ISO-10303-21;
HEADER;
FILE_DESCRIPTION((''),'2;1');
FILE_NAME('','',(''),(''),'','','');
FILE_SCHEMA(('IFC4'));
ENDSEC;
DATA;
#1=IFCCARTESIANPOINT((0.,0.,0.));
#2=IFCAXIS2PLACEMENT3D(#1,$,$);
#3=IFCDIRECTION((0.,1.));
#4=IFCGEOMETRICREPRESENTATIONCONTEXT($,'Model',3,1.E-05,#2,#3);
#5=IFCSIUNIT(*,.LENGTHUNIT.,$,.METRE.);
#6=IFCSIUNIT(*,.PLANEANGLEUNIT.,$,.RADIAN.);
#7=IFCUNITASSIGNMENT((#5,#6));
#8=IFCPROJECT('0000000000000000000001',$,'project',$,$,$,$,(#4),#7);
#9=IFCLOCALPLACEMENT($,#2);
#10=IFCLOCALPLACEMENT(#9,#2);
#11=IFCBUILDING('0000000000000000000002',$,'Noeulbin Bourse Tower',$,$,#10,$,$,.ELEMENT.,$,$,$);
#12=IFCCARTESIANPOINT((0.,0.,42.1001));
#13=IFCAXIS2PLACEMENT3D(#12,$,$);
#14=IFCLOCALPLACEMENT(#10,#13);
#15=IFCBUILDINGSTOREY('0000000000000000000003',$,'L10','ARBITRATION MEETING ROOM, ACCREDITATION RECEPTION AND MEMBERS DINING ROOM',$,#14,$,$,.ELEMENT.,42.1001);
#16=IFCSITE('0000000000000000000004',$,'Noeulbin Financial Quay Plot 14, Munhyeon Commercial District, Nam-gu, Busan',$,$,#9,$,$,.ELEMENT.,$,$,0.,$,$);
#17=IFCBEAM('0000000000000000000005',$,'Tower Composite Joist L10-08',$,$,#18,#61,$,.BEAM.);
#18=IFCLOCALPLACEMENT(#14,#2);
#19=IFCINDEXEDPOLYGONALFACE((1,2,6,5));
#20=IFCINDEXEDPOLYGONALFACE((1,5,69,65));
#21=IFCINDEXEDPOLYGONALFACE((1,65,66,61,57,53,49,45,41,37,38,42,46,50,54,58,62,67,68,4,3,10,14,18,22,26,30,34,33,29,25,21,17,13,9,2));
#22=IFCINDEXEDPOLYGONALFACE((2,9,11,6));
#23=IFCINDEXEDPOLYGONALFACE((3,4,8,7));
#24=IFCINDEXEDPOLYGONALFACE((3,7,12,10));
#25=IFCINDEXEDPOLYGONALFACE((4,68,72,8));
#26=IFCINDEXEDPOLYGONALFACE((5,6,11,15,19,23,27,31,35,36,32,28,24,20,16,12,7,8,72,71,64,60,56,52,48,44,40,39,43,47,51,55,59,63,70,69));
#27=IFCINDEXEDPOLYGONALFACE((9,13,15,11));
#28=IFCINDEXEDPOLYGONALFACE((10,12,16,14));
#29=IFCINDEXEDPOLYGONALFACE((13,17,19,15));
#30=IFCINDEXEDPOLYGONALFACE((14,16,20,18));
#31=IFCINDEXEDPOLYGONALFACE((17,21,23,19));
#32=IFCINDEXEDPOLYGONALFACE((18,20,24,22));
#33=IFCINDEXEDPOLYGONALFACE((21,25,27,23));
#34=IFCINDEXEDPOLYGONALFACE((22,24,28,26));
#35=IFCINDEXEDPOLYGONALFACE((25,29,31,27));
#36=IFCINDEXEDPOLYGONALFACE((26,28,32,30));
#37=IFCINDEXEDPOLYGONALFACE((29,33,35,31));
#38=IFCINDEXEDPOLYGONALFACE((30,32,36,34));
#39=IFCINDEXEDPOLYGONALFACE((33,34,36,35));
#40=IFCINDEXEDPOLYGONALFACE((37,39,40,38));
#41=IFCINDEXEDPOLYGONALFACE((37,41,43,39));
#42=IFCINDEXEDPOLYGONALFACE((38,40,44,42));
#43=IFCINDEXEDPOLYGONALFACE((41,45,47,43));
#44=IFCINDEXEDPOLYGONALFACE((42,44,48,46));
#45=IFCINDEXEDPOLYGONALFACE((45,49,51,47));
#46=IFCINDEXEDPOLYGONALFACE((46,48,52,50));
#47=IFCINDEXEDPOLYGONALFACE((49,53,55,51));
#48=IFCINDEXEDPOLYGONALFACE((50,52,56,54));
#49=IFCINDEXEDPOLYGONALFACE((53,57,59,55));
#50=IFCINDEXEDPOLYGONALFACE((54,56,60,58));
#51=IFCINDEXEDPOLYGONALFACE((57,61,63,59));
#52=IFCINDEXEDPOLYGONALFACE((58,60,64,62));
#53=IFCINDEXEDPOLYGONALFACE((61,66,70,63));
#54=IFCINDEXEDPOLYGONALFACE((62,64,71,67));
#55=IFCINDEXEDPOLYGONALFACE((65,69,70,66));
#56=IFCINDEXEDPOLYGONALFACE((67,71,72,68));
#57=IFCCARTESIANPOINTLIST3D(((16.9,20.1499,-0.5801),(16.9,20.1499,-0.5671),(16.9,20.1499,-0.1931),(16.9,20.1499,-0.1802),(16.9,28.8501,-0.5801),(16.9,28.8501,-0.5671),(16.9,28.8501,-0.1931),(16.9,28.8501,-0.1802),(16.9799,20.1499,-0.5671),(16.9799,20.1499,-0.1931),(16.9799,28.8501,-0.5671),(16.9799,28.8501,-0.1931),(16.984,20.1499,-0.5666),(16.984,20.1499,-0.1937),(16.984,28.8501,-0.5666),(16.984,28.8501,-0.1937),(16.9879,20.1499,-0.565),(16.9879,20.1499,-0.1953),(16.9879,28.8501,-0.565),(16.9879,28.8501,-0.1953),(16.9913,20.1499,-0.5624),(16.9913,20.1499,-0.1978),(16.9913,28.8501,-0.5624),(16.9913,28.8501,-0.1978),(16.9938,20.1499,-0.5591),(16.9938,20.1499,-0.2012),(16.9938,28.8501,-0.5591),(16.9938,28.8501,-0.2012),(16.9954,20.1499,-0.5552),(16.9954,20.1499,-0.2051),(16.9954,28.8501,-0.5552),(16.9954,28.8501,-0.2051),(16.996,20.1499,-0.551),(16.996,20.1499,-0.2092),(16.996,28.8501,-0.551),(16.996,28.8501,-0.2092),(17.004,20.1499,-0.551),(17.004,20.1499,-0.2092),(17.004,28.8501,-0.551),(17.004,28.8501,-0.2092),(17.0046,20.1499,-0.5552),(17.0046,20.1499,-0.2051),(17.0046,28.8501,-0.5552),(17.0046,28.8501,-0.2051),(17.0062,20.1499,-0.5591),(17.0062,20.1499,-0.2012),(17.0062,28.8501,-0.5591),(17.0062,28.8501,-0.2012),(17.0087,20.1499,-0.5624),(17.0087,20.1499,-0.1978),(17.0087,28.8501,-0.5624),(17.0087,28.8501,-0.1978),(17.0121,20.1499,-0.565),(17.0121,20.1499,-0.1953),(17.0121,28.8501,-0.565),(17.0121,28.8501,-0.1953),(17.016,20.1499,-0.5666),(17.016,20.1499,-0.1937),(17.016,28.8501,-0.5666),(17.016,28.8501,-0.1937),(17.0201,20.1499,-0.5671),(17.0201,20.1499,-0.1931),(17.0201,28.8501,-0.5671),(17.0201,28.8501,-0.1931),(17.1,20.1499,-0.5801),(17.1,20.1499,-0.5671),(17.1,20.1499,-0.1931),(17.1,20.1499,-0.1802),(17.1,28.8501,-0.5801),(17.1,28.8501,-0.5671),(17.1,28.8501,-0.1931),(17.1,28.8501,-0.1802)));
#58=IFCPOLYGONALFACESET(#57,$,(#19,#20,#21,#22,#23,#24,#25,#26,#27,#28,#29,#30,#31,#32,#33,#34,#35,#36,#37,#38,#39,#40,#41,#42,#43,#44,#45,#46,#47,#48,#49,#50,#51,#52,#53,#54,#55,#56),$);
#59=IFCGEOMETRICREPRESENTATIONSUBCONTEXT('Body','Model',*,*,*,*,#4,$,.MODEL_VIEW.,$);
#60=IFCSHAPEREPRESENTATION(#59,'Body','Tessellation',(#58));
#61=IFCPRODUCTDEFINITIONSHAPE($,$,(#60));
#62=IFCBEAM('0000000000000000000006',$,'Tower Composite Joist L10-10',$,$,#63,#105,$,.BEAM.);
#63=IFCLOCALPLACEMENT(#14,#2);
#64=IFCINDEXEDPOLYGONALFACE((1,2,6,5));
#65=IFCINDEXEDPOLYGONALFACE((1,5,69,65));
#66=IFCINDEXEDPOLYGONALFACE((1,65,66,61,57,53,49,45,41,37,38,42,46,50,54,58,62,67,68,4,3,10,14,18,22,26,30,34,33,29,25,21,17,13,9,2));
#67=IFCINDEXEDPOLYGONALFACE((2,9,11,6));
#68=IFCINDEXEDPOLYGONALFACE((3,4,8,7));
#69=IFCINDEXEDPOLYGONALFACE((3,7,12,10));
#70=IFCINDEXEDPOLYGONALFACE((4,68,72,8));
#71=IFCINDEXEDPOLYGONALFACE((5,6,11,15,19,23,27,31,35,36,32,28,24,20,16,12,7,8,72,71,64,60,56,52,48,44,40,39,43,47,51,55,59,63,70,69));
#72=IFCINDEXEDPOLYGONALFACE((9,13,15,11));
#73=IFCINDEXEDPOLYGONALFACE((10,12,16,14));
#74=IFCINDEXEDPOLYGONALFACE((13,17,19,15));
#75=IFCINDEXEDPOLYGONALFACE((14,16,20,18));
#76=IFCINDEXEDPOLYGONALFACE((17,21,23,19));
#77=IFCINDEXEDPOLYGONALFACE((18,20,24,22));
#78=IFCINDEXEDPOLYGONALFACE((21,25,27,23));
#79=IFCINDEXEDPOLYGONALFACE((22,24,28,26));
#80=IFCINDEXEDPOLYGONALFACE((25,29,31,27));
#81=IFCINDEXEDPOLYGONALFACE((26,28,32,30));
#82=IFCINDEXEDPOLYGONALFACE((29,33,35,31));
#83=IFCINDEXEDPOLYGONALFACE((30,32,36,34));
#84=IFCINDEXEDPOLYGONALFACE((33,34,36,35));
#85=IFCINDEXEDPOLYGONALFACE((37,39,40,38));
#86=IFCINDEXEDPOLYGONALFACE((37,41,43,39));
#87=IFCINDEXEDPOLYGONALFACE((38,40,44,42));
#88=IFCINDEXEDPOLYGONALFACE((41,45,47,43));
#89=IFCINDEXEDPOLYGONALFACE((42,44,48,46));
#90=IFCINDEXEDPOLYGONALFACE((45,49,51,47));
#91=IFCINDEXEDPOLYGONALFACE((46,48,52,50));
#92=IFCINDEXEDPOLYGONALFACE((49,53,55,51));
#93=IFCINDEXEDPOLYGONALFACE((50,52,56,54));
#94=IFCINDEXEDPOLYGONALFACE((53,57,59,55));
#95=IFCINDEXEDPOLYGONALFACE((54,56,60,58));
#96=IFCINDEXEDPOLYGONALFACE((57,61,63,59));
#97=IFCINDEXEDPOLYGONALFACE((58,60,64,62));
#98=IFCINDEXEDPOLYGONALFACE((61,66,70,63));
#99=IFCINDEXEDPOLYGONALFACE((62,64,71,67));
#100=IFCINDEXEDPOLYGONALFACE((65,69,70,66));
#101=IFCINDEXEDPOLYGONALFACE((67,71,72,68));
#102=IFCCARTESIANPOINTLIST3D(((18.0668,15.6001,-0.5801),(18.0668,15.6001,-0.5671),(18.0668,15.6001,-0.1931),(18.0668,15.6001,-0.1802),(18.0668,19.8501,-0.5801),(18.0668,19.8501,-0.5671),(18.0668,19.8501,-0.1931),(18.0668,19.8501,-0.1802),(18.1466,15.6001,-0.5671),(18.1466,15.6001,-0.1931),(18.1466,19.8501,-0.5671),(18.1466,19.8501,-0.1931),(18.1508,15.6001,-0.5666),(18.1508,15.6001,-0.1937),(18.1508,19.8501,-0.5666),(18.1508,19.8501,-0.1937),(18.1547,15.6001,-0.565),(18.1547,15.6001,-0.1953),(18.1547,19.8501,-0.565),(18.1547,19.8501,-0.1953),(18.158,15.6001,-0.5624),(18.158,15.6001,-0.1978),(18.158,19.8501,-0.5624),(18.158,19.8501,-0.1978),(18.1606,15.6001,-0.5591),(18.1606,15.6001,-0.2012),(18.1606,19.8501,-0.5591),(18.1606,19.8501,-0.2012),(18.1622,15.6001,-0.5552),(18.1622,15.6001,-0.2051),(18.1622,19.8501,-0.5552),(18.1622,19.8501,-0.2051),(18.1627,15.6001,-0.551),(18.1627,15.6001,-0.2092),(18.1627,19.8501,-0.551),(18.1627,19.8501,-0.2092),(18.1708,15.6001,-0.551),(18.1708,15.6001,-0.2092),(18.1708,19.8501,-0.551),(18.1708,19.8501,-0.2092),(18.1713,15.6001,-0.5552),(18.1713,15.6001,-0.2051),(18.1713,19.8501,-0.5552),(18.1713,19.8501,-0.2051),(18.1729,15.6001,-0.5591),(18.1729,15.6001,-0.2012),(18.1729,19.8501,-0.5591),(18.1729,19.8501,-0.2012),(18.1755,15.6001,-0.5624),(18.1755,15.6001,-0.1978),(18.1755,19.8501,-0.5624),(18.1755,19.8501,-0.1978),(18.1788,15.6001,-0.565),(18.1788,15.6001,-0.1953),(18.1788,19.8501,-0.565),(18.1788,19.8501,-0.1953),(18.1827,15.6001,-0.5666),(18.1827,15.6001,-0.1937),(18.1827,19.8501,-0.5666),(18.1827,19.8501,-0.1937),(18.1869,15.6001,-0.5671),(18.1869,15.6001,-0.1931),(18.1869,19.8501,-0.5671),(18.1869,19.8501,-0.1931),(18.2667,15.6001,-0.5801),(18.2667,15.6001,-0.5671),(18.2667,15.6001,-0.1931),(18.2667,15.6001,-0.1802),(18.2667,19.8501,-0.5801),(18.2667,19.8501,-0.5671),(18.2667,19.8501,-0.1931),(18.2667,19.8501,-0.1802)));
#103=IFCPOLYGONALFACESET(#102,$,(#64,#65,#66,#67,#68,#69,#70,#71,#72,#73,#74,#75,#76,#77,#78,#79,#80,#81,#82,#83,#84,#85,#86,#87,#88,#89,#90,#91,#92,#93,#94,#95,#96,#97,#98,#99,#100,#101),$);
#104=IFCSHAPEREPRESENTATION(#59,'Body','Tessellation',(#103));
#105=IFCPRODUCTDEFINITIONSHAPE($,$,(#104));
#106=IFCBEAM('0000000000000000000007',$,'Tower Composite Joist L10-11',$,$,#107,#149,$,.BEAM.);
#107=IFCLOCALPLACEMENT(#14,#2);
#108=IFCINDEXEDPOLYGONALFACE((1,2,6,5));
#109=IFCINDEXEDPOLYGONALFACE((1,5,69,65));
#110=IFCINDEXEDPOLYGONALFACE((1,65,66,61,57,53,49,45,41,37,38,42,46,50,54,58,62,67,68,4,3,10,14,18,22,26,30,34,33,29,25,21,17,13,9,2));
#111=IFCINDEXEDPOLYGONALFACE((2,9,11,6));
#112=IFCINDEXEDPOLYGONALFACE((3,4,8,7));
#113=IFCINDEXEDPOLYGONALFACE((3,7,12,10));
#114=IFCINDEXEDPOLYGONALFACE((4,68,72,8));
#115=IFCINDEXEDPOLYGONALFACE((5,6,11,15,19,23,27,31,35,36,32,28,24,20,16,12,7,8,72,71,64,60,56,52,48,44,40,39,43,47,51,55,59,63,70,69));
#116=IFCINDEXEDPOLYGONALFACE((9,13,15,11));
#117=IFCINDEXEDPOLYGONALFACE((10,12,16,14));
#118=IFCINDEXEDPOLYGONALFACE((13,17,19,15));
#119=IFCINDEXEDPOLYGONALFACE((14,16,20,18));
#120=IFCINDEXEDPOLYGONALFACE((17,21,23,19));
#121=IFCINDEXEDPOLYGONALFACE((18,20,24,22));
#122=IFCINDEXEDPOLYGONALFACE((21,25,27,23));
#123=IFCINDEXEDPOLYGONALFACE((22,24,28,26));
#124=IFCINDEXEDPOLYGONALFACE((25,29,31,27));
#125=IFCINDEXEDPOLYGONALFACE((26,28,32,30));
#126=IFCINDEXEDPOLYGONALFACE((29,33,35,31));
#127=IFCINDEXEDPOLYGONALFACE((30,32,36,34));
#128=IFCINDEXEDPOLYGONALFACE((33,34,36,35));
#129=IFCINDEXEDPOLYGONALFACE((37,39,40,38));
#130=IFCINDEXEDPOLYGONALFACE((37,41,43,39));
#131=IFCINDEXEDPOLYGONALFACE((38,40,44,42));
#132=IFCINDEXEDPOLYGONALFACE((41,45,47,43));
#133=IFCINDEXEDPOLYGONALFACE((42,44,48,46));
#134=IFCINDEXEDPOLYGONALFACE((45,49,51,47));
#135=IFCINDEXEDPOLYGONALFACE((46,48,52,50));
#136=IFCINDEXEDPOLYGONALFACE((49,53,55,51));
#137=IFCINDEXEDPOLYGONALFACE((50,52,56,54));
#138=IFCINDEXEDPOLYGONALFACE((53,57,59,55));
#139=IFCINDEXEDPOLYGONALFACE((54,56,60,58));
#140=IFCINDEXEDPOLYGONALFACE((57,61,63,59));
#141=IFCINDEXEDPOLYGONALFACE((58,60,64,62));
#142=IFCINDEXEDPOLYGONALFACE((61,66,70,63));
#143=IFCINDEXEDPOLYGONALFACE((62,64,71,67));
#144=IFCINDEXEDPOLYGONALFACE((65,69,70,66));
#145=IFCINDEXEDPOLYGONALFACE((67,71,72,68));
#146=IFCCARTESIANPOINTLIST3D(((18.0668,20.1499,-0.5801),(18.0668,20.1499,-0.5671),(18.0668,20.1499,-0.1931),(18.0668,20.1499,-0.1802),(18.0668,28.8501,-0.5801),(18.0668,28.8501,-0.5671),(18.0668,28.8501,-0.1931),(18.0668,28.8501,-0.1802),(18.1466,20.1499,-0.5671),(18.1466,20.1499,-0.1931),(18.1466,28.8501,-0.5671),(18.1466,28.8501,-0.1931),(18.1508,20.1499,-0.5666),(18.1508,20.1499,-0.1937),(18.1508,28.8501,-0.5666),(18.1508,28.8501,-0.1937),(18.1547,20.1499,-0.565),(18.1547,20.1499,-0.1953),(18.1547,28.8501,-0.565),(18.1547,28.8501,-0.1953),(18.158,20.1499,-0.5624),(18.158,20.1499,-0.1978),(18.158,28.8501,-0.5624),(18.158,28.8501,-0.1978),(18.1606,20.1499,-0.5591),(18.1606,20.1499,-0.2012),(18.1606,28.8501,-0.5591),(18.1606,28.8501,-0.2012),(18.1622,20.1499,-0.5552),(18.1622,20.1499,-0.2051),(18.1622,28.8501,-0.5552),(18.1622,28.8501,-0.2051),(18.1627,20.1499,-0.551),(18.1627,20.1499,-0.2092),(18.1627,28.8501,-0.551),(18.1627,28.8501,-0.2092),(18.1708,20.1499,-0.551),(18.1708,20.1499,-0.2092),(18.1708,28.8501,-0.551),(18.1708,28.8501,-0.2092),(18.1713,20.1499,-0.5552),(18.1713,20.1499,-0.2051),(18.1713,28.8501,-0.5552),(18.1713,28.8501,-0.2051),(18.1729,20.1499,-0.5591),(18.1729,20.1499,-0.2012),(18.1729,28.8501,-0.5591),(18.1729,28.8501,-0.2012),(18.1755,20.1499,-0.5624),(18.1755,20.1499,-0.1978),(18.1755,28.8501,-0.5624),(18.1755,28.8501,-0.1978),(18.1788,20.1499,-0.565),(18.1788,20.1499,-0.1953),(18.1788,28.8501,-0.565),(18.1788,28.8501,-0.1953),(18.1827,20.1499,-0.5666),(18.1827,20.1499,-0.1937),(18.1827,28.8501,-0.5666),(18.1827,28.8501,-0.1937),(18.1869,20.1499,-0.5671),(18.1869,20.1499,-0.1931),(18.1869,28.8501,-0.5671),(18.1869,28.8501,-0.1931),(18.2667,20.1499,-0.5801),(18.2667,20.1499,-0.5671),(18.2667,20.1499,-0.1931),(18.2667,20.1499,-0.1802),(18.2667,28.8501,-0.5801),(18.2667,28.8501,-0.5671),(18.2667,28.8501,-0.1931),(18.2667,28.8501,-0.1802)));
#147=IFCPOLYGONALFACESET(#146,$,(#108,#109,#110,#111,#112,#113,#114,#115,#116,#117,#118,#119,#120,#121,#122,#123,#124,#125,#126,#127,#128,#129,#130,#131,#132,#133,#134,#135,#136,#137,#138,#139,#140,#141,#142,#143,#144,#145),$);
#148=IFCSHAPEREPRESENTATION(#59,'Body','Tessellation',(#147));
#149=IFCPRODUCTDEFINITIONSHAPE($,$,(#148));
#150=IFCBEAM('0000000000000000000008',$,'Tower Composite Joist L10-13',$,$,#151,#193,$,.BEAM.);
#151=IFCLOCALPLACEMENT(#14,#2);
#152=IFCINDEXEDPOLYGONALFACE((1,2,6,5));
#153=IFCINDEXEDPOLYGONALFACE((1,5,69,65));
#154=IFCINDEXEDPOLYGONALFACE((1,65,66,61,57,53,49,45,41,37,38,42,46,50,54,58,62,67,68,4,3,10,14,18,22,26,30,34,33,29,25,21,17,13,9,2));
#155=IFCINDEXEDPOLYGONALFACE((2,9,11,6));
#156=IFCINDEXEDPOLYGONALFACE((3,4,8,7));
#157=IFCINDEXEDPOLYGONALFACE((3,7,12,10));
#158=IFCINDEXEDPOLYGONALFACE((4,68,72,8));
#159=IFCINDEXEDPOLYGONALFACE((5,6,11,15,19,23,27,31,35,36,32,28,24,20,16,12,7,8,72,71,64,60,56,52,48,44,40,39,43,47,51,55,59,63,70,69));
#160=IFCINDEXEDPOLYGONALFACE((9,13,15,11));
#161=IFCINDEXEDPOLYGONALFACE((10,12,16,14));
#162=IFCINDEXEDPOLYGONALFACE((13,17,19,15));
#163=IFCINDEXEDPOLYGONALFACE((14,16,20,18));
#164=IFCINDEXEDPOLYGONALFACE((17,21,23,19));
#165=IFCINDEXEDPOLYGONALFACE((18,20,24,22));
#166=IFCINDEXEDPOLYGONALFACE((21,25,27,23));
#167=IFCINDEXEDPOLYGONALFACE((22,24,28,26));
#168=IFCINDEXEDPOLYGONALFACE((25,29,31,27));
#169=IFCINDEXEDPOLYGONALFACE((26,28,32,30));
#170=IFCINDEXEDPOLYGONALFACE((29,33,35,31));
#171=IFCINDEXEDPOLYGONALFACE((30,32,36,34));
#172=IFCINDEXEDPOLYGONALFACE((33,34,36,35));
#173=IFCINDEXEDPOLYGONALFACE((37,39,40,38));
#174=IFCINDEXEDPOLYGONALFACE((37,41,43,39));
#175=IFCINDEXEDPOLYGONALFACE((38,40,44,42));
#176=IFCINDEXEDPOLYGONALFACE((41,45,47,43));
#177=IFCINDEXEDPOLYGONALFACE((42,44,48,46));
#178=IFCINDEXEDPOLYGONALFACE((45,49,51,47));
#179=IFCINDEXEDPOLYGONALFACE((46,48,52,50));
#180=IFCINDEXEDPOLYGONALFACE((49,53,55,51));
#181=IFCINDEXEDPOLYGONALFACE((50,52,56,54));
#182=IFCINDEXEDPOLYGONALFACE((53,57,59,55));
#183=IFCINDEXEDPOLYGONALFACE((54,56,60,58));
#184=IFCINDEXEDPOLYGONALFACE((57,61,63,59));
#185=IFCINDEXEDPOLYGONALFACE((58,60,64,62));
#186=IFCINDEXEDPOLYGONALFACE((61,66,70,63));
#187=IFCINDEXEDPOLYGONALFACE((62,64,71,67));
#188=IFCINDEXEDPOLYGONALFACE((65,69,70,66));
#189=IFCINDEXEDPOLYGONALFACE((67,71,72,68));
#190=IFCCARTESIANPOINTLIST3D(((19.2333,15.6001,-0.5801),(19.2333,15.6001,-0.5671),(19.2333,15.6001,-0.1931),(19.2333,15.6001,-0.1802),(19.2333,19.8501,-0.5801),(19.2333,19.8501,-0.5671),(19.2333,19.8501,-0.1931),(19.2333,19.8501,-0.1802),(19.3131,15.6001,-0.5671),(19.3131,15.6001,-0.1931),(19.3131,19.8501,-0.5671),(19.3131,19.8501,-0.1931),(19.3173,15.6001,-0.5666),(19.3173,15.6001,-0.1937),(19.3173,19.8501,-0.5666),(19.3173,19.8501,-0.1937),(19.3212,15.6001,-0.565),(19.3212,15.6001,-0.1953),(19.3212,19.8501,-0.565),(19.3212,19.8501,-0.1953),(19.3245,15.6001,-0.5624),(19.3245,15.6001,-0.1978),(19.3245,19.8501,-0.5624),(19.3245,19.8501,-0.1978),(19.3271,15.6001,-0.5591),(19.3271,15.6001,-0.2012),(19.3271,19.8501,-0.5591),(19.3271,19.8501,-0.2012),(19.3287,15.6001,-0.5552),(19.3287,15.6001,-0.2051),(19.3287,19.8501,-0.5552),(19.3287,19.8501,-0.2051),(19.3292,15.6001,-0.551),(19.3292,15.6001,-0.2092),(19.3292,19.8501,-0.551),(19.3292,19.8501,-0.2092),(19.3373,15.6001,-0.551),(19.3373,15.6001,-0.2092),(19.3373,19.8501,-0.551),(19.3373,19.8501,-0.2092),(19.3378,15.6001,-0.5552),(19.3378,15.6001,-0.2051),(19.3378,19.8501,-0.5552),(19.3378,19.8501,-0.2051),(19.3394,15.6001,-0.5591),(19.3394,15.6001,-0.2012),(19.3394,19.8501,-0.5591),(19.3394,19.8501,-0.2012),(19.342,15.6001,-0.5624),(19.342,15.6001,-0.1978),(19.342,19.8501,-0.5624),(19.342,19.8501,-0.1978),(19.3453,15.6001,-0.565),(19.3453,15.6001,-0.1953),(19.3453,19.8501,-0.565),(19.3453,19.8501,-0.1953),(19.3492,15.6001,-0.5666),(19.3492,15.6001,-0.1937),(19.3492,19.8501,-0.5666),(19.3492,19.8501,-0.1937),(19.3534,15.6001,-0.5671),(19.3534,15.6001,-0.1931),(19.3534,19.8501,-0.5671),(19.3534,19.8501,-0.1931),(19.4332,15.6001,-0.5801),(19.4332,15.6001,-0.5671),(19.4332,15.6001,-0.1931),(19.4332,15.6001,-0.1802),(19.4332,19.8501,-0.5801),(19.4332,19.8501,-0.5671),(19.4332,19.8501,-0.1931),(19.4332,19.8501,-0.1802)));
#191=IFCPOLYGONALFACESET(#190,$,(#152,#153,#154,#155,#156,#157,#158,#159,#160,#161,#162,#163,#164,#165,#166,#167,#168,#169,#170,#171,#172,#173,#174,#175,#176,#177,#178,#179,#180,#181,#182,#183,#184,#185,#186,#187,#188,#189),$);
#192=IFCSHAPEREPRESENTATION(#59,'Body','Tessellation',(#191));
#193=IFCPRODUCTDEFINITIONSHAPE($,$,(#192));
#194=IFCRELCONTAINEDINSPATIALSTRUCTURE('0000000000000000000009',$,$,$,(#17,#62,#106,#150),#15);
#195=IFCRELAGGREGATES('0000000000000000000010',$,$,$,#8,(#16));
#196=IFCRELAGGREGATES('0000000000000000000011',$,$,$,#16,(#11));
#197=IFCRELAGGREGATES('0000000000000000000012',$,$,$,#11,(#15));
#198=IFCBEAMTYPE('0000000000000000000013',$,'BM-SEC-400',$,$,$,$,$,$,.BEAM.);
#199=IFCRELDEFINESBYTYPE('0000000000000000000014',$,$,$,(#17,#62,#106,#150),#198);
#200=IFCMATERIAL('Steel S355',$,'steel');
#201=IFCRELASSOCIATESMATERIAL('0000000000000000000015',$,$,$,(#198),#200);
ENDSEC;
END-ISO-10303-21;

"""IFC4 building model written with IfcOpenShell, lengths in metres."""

from ifc_helpers import new_model, si_unit, direction, frame, origin, origin_2d, place, context, subcontext, project, spatial, i_section, extrude, material, material_profile, profile_set, type_object, element, save


model = new_model("IFC4")

# Units and contexts
model_context = context("Model", 3, precision=1e-05, world=origin(), true_north=direction((0.0, 1.0)))
body_context = subcontext(model_context, "Body", "Model", "MODEL_VIEW")
ifc_project = project(units=[si_unit("LENGTHUNIT", "METRE"), si_unit("PLANEANGLEUNIT", "RADIAN")], contexts=[model_context])

# Site, building, storey
site_placement = place(None, origin())
site = spatial("IfcSite", under=ifc_project, at=site_placement, Name="Noeulbin Financial Quay Plot 14, Munhyeon Commercial District, Nam-gu, Busan", CompositionType="ELEMENT", RefElevation=0.0)
building_placement = place(site_placement, origin())
building = spatial("IfcBuilding", under=site, at=building_placement, Name="Noeulbin Bourse Tower", CompositionType="ELEMENT")
storey_placement = place(building_placement, frame((0.0, 0.0, 42.1001)))
storey = spatial("IfcBuildingStorey", under=building, at=storey_placement, Name="L10", Description="ARBITRATION MEETING ROOM, ACCREDITATION RECEPTION AND MEMBERS DINING ROOM", CompositionType="ELEMENT", Elevation=42.1001)

# Beams
ifc_material_1 = material(Name="Steel S355", Category="steel")
ifc_material_profile_1 = material_profile(ifc_material_1, i_section(OverallWidth=0.2, OverallDepth=0.3999, WebThickness=0.0081, FlangeThickness=0.0129, FilletRadius=0.0161, at=origin_2d()), Name="H-400x200x8x13", Category="LoadBearing")
ifc_profile_set_1 = profile_set([ifc_material_profile_1], Name="Steel S355")
beam_type = type_object("IfcBeamType", Name="BM-SEC-400", PredefinedType="BEAM", material=ifc_profile_set_1)
beam_1_placement = place(storey_placement, frame((17.0, 20.1499, -0.3801), z_axis=(0.0, 1.0, 0.0), x_axis=(-1.0, 0.0, 0.0)))
element("IfcBeam", 1, at=beam_1_placement, inside=storey, type_object=beam_type, Name="Tower Composite Joist L10-08", PredefinedType="BEAM", context=body_context, shape_type="SweptSolid", body=[
    extrude(i_section(OverallWidth=0.2, OverallDepth=0.3999, WebThickness=0.0081, FlangeThickness=0.0129, FilletRadius=0.0161, at=origin_2d()), origin(), (0.0, 0.0, 1.0), 8.7002),
])
beam_2_placement = place(storey_placement, frame((18.1667, 15.6001, -0.3801), z_axis=(0.0, 1.0, 0.0), x_axis=(-1.0, 0.0, 0.0)))
element("IfcBeam", 2, at=beam_2_placement, inside=storey, type_object=beam_type, Name="Tower Composite Joist L10-10", PredefinedType="BEAM", context=body_context, shape_type="SweptSolid", body=[
    extrude(i_section(OverallWidth=0.2, OverallDepth=0.3999, WebThickness=0.0081, FlangeThickness=0.0129, FilletRadius=0.0161, at=origin_2d()), origin(), (0.0, 0.0, 1.0), 4.25),
])
beam_3_placement = place(storey_placement, frame((18.1667, 20.1499, -0.3801), z_axis=(0.0, 1.0, 0.0), x_axis=(-1.0, 0.0, 0.0)))
element("IfcBeam", 3, at=beam_3_placement, inside=storey, type_object=beam_type, Name="Tower Composite Joist L10-11", PredefinedType="BEAM", context=body_context, shape_type="SweptSolid", body=[
    extrude(i_section(OverallWidth=0.2, OverallDepth=0.3999, WebThickness=0.0081, FlangeThickness=0.0129, FilletRadius=0.0161, at=origin_2d()), origin(), (0.0, 0.0, 1.0), 8.7002),
])
beam_4_placement = place(storey_placement, frame((19.3333, 15.6001, -0.3801), z_axis=(0.0, 1.0, 0.0), x_axis=(-1.0, 0.0, 0.0)))
element("IfcBeam", 4, at=beam_4_placement, inside=storey, type_object=beam_type, Name="Tower Composite Joist L10-13", PredefinedType="BEAM", context=body_context, shape_type="SweptSolid", body=[
    extrude(i_section(OverallWidth=0.2, OverallDepth=0.3999, WebThickness=0.0081, FlangeThickness=0.0129, FilletRadius=0.0161, at=origin_2d()), origin(), (0.0, 0.0, 1.0), 4.25),
])

save(model, "model.ifc")
